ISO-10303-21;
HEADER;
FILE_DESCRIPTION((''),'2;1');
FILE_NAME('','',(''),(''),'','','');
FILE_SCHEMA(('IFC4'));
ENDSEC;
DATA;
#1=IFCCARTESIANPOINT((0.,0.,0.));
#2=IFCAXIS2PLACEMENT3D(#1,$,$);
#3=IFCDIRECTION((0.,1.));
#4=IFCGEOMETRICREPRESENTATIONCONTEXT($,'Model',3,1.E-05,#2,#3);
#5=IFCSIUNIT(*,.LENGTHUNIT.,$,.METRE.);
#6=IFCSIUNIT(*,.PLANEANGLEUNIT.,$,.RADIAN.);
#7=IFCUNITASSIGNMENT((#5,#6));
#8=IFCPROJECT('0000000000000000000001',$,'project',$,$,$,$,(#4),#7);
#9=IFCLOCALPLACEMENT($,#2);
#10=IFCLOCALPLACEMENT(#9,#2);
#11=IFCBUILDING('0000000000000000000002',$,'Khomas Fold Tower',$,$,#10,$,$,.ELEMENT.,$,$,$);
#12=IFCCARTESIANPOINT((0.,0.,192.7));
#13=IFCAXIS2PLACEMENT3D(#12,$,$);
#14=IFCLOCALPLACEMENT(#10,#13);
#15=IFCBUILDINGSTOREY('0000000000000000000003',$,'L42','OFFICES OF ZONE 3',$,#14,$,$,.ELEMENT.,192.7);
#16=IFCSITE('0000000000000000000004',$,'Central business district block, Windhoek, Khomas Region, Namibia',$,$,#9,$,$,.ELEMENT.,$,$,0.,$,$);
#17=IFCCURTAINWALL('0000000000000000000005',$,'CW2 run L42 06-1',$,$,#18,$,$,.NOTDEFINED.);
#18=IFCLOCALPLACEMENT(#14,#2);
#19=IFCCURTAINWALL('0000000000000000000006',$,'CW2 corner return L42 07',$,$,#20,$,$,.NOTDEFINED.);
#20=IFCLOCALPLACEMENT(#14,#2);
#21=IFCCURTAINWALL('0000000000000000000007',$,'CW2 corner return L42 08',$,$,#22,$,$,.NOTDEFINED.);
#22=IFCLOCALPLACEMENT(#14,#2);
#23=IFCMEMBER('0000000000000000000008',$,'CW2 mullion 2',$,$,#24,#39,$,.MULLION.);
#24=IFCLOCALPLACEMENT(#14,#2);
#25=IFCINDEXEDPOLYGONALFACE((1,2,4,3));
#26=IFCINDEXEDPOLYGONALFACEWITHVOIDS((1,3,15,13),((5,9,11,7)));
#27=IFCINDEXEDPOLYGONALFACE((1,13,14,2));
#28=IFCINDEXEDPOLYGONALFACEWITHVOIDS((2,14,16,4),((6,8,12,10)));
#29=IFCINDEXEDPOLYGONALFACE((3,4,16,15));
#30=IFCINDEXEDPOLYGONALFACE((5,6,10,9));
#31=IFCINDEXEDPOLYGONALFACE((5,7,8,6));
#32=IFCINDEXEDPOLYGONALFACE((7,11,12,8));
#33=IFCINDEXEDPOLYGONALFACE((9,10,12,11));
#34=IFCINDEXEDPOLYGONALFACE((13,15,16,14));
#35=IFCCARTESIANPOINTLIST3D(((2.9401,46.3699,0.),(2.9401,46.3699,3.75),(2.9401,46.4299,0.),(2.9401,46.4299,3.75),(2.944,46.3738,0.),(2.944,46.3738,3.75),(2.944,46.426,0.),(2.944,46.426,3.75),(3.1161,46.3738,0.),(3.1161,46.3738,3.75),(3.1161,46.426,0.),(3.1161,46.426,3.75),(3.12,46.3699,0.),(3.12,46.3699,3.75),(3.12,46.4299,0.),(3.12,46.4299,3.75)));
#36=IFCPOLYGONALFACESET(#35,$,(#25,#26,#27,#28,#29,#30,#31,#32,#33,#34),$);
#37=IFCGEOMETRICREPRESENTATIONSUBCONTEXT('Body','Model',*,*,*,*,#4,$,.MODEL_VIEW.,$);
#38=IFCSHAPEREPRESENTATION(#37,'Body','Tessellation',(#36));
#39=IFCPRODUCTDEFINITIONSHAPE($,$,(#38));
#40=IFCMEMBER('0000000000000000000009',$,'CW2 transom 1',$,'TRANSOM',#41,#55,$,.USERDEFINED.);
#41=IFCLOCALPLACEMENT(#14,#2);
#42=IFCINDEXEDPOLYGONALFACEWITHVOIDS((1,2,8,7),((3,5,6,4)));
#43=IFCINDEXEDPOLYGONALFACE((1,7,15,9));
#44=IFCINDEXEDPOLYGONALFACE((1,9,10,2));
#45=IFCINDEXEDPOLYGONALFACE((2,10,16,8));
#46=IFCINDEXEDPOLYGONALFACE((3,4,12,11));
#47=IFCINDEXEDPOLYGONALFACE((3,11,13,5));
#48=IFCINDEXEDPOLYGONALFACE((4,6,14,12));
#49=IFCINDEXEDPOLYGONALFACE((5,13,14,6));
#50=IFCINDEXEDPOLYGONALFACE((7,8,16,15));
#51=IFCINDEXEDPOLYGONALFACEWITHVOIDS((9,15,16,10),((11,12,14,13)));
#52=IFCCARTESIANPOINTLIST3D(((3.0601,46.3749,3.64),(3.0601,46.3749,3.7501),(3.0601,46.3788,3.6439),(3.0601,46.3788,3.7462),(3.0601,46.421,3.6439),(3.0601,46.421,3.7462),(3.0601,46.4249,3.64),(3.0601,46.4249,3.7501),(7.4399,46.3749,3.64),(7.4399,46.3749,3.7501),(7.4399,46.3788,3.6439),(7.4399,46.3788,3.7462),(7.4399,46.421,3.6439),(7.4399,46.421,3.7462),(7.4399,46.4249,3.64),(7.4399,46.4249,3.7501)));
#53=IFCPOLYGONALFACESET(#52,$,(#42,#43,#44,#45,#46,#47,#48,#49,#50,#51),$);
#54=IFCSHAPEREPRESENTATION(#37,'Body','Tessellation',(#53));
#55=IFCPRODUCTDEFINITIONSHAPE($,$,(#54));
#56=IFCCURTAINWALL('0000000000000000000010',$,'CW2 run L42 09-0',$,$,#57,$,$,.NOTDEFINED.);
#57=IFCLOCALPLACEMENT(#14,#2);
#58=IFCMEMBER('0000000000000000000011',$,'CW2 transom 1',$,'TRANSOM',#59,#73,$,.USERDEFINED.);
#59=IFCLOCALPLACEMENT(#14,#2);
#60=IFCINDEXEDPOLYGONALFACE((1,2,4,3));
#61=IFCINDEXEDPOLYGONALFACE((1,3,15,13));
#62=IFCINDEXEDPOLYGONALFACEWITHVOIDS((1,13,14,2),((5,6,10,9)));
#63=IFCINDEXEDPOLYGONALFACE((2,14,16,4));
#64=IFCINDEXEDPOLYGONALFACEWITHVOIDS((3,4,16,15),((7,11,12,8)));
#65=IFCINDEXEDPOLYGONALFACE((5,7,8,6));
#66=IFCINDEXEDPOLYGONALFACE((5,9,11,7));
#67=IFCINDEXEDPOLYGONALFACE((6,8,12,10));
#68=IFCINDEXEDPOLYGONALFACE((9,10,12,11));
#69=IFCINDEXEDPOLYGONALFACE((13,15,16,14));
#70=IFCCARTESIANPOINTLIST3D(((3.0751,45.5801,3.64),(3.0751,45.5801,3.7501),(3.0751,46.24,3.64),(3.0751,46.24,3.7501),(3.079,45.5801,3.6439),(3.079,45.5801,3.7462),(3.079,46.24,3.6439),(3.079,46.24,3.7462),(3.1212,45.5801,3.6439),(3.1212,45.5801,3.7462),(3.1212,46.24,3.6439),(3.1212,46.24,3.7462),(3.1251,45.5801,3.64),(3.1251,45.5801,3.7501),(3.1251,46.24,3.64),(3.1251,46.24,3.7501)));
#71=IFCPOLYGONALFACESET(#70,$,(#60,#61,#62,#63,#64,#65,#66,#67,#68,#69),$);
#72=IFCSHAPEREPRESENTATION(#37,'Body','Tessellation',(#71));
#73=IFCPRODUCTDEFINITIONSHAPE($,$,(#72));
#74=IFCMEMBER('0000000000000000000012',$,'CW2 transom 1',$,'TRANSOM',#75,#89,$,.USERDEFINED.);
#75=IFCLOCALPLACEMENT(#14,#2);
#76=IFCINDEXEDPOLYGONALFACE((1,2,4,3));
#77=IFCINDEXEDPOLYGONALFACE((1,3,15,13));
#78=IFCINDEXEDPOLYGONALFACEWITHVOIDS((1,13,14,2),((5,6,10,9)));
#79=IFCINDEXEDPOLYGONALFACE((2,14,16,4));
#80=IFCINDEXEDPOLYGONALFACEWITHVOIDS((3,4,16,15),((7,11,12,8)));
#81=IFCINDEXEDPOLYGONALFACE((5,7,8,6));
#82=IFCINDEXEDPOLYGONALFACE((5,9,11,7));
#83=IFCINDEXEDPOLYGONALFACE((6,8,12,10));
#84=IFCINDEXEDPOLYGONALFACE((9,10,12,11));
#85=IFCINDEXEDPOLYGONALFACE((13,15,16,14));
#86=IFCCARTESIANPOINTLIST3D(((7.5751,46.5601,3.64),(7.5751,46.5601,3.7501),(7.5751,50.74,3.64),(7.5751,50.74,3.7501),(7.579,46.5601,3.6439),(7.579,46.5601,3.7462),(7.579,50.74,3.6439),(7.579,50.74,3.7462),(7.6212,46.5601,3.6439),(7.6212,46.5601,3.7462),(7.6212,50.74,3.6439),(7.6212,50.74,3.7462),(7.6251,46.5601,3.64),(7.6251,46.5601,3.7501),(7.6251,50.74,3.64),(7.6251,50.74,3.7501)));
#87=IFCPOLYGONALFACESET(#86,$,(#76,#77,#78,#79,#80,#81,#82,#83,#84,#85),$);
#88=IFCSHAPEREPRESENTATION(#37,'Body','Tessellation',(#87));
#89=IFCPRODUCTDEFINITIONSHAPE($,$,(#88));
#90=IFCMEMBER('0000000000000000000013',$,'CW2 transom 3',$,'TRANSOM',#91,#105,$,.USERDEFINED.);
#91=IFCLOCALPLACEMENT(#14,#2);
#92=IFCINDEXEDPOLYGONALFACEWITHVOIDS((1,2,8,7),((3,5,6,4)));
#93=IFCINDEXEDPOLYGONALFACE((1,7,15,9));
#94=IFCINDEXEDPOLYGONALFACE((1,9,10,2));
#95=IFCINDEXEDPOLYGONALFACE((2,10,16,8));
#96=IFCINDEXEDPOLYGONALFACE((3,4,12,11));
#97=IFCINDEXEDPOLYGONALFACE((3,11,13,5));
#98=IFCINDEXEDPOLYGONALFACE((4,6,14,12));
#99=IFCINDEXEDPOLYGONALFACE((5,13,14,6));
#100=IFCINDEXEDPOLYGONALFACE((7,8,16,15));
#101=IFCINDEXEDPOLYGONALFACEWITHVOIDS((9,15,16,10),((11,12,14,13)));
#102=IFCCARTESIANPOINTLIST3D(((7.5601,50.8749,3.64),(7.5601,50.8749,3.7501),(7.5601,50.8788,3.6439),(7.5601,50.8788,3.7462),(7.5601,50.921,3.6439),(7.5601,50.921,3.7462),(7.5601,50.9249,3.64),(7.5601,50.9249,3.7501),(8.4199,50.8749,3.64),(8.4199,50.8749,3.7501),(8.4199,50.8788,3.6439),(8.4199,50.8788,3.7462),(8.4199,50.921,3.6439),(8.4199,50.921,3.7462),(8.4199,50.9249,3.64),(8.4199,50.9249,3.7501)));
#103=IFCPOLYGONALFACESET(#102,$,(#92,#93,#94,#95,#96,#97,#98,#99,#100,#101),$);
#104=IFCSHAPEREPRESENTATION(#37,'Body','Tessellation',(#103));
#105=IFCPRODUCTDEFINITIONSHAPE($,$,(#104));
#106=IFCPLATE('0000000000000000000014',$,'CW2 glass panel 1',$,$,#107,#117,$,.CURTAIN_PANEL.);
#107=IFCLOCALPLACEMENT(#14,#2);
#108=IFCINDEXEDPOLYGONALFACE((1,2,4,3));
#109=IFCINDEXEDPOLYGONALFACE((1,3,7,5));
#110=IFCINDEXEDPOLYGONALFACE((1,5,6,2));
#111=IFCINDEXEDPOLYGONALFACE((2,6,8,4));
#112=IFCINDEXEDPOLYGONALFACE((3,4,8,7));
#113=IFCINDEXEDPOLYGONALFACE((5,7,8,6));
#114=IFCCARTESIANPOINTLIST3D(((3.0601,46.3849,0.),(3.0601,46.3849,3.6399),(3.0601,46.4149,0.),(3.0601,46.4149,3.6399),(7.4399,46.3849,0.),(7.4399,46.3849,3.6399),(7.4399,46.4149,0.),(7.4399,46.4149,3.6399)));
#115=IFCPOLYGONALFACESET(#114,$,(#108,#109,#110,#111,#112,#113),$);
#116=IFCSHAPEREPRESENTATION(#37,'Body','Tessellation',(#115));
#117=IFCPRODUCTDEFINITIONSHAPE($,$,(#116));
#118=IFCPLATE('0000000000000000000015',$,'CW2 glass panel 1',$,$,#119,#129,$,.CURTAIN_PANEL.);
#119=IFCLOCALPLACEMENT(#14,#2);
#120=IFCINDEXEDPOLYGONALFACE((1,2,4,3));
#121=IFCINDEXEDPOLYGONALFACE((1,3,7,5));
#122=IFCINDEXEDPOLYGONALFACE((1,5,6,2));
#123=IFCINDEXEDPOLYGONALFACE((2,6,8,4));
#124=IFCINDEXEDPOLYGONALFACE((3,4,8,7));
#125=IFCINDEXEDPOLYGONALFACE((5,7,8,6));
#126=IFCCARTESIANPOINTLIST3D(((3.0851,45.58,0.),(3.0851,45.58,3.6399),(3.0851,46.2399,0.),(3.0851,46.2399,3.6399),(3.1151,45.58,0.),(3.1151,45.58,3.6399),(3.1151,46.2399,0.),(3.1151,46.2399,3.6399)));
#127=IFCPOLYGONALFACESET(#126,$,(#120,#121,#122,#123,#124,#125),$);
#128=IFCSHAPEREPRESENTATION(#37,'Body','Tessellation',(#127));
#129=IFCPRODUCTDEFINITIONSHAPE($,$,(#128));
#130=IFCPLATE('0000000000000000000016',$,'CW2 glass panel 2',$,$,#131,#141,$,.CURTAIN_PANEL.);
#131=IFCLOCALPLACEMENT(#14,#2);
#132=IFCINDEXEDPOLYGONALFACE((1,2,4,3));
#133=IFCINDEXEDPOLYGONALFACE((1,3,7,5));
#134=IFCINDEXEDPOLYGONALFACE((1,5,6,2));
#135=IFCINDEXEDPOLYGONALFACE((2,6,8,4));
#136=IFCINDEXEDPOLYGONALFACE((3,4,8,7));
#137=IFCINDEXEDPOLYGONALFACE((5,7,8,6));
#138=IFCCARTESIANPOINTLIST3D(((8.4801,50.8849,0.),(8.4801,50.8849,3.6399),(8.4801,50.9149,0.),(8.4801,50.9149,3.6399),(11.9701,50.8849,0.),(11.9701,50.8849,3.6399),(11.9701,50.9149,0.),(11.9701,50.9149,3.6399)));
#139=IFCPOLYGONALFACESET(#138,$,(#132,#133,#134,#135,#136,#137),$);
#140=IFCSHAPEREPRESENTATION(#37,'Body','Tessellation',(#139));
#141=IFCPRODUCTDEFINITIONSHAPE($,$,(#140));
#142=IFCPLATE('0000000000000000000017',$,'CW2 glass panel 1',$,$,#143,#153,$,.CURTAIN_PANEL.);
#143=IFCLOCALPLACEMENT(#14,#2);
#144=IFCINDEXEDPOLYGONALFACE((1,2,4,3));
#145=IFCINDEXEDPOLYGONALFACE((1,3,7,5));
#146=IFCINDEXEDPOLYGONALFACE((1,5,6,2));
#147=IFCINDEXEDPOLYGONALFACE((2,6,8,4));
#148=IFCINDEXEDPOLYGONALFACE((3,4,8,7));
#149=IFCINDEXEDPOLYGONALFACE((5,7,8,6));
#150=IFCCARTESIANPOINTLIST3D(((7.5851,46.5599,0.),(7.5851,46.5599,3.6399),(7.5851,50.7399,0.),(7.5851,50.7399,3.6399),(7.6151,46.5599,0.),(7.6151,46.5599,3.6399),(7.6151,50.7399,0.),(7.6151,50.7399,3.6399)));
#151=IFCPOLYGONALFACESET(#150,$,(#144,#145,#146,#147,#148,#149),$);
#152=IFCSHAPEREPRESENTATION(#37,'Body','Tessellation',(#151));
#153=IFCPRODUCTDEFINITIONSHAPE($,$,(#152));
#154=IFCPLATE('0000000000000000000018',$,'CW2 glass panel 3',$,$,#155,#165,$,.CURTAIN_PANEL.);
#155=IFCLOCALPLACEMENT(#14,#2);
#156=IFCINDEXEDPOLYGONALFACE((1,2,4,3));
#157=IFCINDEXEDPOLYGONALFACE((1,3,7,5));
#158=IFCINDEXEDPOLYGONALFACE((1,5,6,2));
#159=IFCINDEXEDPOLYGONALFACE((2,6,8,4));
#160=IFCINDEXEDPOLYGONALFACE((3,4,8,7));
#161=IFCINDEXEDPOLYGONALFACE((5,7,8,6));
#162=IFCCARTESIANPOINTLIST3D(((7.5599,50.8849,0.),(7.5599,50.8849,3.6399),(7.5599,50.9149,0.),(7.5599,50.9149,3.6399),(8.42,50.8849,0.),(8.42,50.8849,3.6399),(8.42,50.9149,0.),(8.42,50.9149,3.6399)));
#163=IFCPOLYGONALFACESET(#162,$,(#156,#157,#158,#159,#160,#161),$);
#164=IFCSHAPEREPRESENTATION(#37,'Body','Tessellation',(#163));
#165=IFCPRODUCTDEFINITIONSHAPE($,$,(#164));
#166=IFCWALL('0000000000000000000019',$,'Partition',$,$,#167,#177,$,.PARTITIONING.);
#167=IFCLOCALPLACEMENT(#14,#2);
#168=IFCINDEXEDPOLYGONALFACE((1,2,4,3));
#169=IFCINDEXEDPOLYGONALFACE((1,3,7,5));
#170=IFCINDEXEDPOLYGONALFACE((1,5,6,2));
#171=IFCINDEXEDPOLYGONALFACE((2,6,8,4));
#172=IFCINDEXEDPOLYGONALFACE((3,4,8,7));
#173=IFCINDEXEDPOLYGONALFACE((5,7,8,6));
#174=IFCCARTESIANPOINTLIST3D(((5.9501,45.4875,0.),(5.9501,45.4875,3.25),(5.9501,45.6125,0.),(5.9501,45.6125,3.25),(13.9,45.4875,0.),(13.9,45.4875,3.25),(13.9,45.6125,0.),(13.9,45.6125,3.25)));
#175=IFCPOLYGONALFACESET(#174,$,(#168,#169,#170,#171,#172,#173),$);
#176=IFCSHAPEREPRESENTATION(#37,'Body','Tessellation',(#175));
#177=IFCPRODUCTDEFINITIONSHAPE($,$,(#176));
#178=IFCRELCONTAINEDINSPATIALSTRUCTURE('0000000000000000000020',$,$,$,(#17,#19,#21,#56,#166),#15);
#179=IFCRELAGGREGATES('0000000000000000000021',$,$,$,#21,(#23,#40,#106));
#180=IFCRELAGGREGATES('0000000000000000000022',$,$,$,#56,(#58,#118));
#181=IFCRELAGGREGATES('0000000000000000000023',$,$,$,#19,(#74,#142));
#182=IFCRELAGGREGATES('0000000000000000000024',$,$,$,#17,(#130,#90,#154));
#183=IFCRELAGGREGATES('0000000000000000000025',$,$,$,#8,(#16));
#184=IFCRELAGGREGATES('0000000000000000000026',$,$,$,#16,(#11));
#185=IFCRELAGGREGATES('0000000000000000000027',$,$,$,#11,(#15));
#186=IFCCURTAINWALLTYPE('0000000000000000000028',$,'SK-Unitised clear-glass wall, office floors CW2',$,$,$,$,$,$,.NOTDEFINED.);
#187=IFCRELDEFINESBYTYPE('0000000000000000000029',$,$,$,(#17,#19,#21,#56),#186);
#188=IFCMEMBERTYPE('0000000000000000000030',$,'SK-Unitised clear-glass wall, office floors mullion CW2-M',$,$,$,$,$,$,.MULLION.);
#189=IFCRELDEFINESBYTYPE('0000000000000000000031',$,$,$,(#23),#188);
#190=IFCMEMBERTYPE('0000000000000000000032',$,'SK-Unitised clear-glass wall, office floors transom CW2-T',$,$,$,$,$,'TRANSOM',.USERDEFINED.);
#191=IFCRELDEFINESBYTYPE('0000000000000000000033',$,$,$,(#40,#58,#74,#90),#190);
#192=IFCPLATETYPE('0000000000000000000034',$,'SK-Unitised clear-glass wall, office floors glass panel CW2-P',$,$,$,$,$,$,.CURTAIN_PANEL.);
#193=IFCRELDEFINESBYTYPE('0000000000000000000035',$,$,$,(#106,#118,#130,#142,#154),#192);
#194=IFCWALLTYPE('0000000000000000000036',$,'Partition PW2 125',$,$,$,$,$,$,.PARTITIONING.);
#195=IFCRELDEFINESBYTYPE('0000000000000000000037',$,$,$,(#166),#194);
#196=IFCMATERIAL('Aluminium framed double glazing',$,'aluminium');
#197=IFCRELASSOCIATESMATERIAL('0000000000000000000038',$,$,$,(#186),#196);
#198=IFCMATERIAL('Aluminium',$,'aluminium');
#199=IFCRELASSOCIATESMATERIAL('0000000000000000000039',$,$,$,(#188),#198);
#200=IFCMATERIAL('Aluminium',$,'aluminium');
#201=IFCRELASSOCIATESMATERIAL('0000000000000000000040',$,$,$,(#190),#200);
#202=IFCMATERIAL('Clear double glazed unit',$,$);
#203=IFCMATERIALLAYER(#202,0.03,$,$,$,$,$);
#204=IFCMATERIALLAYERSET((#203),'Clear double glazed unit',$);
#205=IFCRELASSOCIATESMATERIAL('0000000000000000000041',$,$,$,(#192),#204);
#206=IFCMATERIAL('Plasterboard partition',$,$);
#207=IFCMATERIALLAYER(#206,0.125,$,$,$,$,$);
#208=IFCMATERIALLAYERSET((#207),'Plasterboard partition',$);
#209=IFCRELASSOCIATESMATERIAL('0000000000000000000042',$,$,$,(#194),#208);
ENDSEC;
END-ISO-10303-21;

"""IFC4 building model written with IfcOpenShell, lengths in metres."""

from ifc_helpers import new_model, si_unit, direction, frame, frame_2d, origin, origin_2d, place, context, subcontext, project, spatial, rectangle, hollow_rectangle, extrude, source, transform, mapped, material, layer, layer_set, material_profile, profile_set, type_object, element, aggregate, save


model = new_model("IFC4")

# Units and contexts
model_context = context("Model", 3, precision=1e-05, world=origin(), true_north=direction((0.0, 1.0)))
body_context = subcontext(model_context, "Body", "Model", "MODEL_VIEW")
ifc_project = project(units=[si_unit("LENGTHUNIT", "METRE"), si_unit("PLANEANGLEUNIT", "RADIAN")], contexts=[model_context])

# Site, building, storey
site_placement = place(None, origin())
site = spatial("IfcSite", under=ifc_project, at=site_placement, Name="Central business district block, Windhoek, Khomas Region, Namibia", CompositionType="ELEMENT", RefElevation=0.0)
building_placement = place(site_placement, origin())
building = spatial("IfcBuilding", under=site, at=building_placement, Name="Khomas Fold Tower", CompositionType="ELEMENT")
storey_placement = place(building_placement, frame((0.0, 0.0, 192.7)))
storey = spatial("IfcBuildingStorey", under=building, at=storey_placement, Name="L42", Description="OFFICES OF ZONE 3", CompositionType="ELEMENT", Elevation=192.7)

# Curtain walls, members
ifc_material_1 = material(Name="Aluminium framed double glazing", Category="aluminium")
curtain_wall_type = type_object("IfcCurtainWallType", Name="SK-Unitised clear-glass wall, office floors CW2", PredefinedType="NOTDEFINED", material=ifc_material_1)
curtain_wall_1_placement = place(storey_placement, origin())
curtain_wall_1 = element("IfcCurtainWall", 1, at=curtain_wall_1_placement, inside=storey, type_object=curtain_wall_type, Name="CW2 run L42 06-1", PredefinedType="NOTDEFINED")
ifc_material_2 = material(Name="Aluminium", Category="aluminium")
ifc_material_profile_1 = material_profile(ifc_material_2, hollow_rectangle(XDim=0.0601, YDim=0.1799, WallThickness=0.0039, at=origin_2d()), Name="SK-Unitised clear-glass wall, office floors mullion CW2-M")
ifc_profile_set_1 = profile_set([ifc_material_profile_1], Name="Aluminium")
member_type_1 = type_object("IfcMemberType", Name="SK-Unitised clear-glass wall, office floors mullion CW2-M", PredefinedType="MULLION", material=ifc_profile_set_1)
shared_shape_1 = source(origin(), body_context, "Body", "SweptSolid", [
    extrude(hollow_rectangle(XDim=0.0601, YDim=0.1799, WallThickness=0.0039, at=origin_2d()), origin(), (0.0, 0.0, 1.0), 3.75),
])
curtain_wall_2_placement = place(storey_placement, origin())
curtain_wall_2 = element("IfcCurtainWall", 2, at=curtain_wall_2_placement, inside=storey, type_object=curtain_wall_type, Name="CW2 corner return L42 07", PredefinedType="NOTDEFINED")
curtain_wall_3_placement = place(storey_placement, origin())
curtain_wall_3 = element("IfcCurtainWall", 3, at=curtain_wall_3_placement, inside=storey, type_object=curtain_wall_type, Name="CW2 corner return L42 08", PredefinedType="NOTDEFINED")
member_1_placement = place(storey_placement, frame((3.03, 46.3999, 0.0), z_axis=(0.0, 0.0, 1.0), x_axis=(0.0, -1.0, 0.0)))
member_1 = element("IfcMember", 4, at=member_1_placement, type_object=member_type_1, Name="CW2 mullion 2", PredefinedType="MULLION", context=body_context, shape_type="MappedRepresentation", body=[
    mapped(shared_shape_1, transform((0.0, 0.0, 0.0))),
])
ifc_material_3 = material(Name="Aluminium", Category="aluminium")
ifc_material_profile_2 = material_profile(ifc_material_3, hollow_rectangle(XDim=0.05, YDim=0.1101, WallThickness=0.0039, at=origin_2d()), Name="SK-Unitised clear-glass wall, office floors transom CW2-T")
ifc_profile_set_2 = profile_set([ifc_material_profile_2], Name="Aluminium")
member_type_2 = type_object("IfcMemberType", Name="SK-Unitised clear-glass wall, office floors transom CW2-T", ElementType="TRANSOM", PredefinedType="USERDEFINED", material=ifc_profile_set_2)
shared_shape_2 = source(origin(), body_context, "Body", "SweptSolid", [
    extrude(hollow_rectangle(XDim=0.05, YDim=0.1101, WallThickness=0.0039, at=origin_2d()), origin(), (0.0, 0.0, 1.0), 4.3799),
])
member_2_placement = place(storey_placement, frame((7.4399, 46.3999, 3.6951), z_axis=(-1.0, 0.0, 0.0), x_axis=(0.0, -1.0, 0.0)))
member_2 = element("IfcMember", 5, at=member_2_placement, type_object=member_type_2, Name="CW2 transom 1", ObjectType="TRANSOM", PredefinedType="USERDEFINED", context=body_context, shape_type="MappedRepresentation", body=[
    mapped(shared_shape_2, transform((0.0, 0.0, 0.0))),
])

# Curtain wall, member
curtain_wall_4_placement = place(storey_placement, origin())
curtain_wall_4 = element("IfcCurtainWall", 6, at=curtain_wall_4_placement, inside=storey, type_object=curtain_wall_type, Name="CW2 run L42 09-0", PredefinedType="NOTDEFINED")
shared_shape_3 = source(origin(), body_context, "Body", "SweptSolid", [
    extrude(hollow_rectangle(XDim=0.05, YDim=0.1101, WallThickness=0.0039, at=origin_2d()), origin(), (0.0, 0.0, 1.0), 0.6599),
])
member_3_placement = place(storey_placement, frame((3.1001, 46.24, 3.6951), z_axis=(0.0, -1.0, 0.0), x_axis=(1.0, 0.0, 0.0)))
member_3 = element("IfcMember", 7, at=member_3_placement, type_object=member_type_2, Name="CW2 transom 1", ObjectType="TRANSOM", PredefinedType="USERDEFINED", context=body_context, shape_type="MappedRepresentation", body=[
    mapped(shared_shape_3, transform((0.0, 0.0, 0.0))),
])

# Members
shared_shape_4 = source(origin(), body_context, "Body", "SweptSolid", [
    extrude(hollow_rectangle(XDim=0.05, YDim=0.1101, WallThickness=0.0039, at=origin_2d()), origin(), (0.0, 0.0, 1.0), 4.1799),
])
member_4_placement = place(storey_placement, frame((7.6001, 50.74, 3.6951), z_axis=(0.0, -1.0, 0.0), x_axis=(1.0, 0.0, 0.0)))
member_4 = element("IfcMember", 8, at=member_4_placement, type_object=member_type_2, Name="CW2 transom 1", ObjectType="TRANSOM", PredefinedType="USERDEFINED", context=body_context, shape_type="MappedRepresentation", body=[
    mapped(shared_shape_4, transform((0.0, 0.0, 0.0))),
])
shared_shape_5 = source(origin(), body_context, "Body", "SweptSolid", [
    extrude(hollow_rectangle(XDim=0.05, YDim=0.1101, WallThickness=0.0039, at=origin_2d()), origin(), (0.0, 0.0, 1.0), 0.8599),
])
member_5_placement = place(storey_placement, frame((8.4199, 50.8999, 3.6951), z_axis=(-1.0, 0.0, 0.0), x_axis=(0.0, -1.0, 0.0)))
member_5 = element("IfcMember", 9, at=member_5_placement, type_object=member_type_2, Name="CW2 transom 3", ObjectType="TRANSOM", PredefinedType="USERDEFINED", context=body_context, shape_type="MappedRepresentation", body=[
    mapped(shared_shape_5, transform((0.0, 0.0, 0.0))),
])

# Plates
ifc_material_4 = material(Name="Clear double glazed unit")
ifc_layer_1 = layer(ifc_material_4, 0.03)
ifc_layer_set_1 = layer_set([ifc_layer_1], Name="Clear double glazed unit")
plate_type = type_object("IfcPlateType", Name="SK-Unitised clear-glass wall, office floors glass panel CW2-P", PredefinedType="CURTAIN_PANEL", material=ifc_layer_set_1)
shared_shape_6 = source(origin(), body_context, "Body", "SweptSolid", [
    extrude(rectangle(XDim=4.3799, YDim=0.03, at=origin_2d()), origin(), (0.0, 0.0, 1.0), 3.6399),
])
plate_1_placement = place(storey_placement, frame((5.25, 46.3999, 0.0), z_axis=(0.0, 0.0, 1.0), x_axis=(-1.0, 0.0, 0.0)))
plate_1 = element("IfcPlate", 10, at=plate_1_placement, type_object=plate_type, Name="CW2 glass panel 1", PredefinedType="CURTAIN_PANEL", context=body_context, shape_type="MappedRepresentation", body=[
    mapped(shared_shape_6, transform((0.0, 0.0, 0.0))),
])
aggregate(curtain_wall_3, [member_1, member_2, plate_1])
shared_shape_7 = source(origin(), body_context, "Body", "SweptSolid", [
    extrude(rectangle(XDim=0.6599, YDim=0.03, at=origin_2d()), origin(), (0.0, 0.0, 1.0), 3.6399),
])
plate_2_placement = place(storey_placement, frame((3.1001, 45.9099, 0.0), z_axis=(0.0, 0.0, 1.0), x_axis=(0.0, -1.0, 0.0)))
plate_2 = element("IfcPlate", 11, at=plate_2_placement, type_object=plate_type, Name="CW2 glass panel 1", PredefinedType="CURTAIN_PANEL", context=body_context, shape_type="MappedRepresentation", body=[
    mapped(shared_shape_7, transform((0.0, 0.0, 0.0))),
])
aggregate(curtain_wall_4, [member_3, plate_2])
shared_shape_8 = source(origin(), body_context, "Body", "SweptSolid", [
    extrude(rectangle(XDim=3.49, YDim=0.03, at=origin_2d()), origin(), (0.0, 0.0, 1.0), 3.6399),
])
plate_3_placement = place(storey_placement, frame((10.2251, 50.8999, 0.0), z_axis=(0.0, 0.0, 1.0), x_axis=(-1.0, 0.0, 0.0)))
plate_3 = element("IfcPlate", 12, at=plate_3_placement, type_object=plate_type, Name="CW2 glass panel 2", PredefinedType="CURTAIN_PANEL", context=body_context, shape_type="MappedRepresentation", body=[
    mapped(shared_shape_8, transform((0.0, 0.0, 0.0))),
])
shared_shape_9 = source(origin(), body_context, "Body", "SweptSolid", [
    extrude(rectangle(XDim=4.1799, YDim=0.03, at=origin_2d()), origin(), (0.0, 0.0, 1.0), 3.6399),
])
plate_4_placement = place(storey_placement, frame((7.6001, 48.6499, 0.0), z_axis=(0.0, 0.0, 1.0), x_axis=(0.0, -1.0, 0.0)))
plate_4 = element("IfcPlate", 13, at=plate_4_placement, type_object=plate_type, Name="CW2 glass panel 1", PredefinedType="CURTAIN_PANEL", context=body_context, shape_type="MappedRepresentation", body=[
    mapped(shared_shape_9, transform((0.0, 0.0, 0.0))),
])
aggregate(curtain_wall_2, [member_4, plate_4])
shared_shape_10 = source(origin(), body_context, "Body", "SweptSolid", [
    extrude(rectangle(XDim=0.8601, YDim=0.03, at=origin_2d()), origin(), (0.0, 0.0, 1.0), 3.6399),
])
plate_5_placement = place(storey_placement, frame((7.99, 50.8999, 0.0), z_axis=(0.0, 0.0, 1.0), x_axis=(-1.0, 0.0, 0.0)))
plate_5 = element("IfcPlate", 14, at=plate_5_placement, type_object=plate_type, Name="CW2 glass panel 3", PredefinedType="CURTAIN_PANEL", context=body_context, shape_type="MappedRepresentation", body=[
    mapped(shared_shape_10, transform((0.0, 0.0, 0.0))),
])
aggregate(curtain_wall_1, [plate_3, member_5, plate_5])

# Wall
ifc_material_5 = material(Name="Plasterboard partition")
ifc_layer_2 = layer(ifc_material_5, 0.125)
ifc_layer_set_2 = layer_set([ifc_layer_2], Name="Plasterboard partition")
wall_type = type_object("IfcWallType", Name="Partition PW2 125", PredefinedType="PARTITIONING", material=ifc_layer_set_2)
shared_shape_11 = source(origin(), body_context, "Body", "SweptSolid", [
    extrude(rectangle(XDim=7.95, YDim=0.125, at=frame_2d((3.9751, 0.0))), origin(), (0.0, 0.0, 1.0), 3.25),
])
wall_1_placement = place(storey_placement, frame((5.95, 45.55, 0.0), z_axis=(0.0, 0.0, 1.0), x_axis=(1.0, 0.0, 0.0)))
element("IfcWall", 15, at=wall_1_placement, inside=storey, type_object=wall_type, Name="Partition", PredefinedType="PARTITIONING", context=body_context, shape_type="MappedRepresentation", body=[
    mapped(shared_shape_11, transform((0.0, 0.0, 0.0))),
])

save(model, "model.ifc")
